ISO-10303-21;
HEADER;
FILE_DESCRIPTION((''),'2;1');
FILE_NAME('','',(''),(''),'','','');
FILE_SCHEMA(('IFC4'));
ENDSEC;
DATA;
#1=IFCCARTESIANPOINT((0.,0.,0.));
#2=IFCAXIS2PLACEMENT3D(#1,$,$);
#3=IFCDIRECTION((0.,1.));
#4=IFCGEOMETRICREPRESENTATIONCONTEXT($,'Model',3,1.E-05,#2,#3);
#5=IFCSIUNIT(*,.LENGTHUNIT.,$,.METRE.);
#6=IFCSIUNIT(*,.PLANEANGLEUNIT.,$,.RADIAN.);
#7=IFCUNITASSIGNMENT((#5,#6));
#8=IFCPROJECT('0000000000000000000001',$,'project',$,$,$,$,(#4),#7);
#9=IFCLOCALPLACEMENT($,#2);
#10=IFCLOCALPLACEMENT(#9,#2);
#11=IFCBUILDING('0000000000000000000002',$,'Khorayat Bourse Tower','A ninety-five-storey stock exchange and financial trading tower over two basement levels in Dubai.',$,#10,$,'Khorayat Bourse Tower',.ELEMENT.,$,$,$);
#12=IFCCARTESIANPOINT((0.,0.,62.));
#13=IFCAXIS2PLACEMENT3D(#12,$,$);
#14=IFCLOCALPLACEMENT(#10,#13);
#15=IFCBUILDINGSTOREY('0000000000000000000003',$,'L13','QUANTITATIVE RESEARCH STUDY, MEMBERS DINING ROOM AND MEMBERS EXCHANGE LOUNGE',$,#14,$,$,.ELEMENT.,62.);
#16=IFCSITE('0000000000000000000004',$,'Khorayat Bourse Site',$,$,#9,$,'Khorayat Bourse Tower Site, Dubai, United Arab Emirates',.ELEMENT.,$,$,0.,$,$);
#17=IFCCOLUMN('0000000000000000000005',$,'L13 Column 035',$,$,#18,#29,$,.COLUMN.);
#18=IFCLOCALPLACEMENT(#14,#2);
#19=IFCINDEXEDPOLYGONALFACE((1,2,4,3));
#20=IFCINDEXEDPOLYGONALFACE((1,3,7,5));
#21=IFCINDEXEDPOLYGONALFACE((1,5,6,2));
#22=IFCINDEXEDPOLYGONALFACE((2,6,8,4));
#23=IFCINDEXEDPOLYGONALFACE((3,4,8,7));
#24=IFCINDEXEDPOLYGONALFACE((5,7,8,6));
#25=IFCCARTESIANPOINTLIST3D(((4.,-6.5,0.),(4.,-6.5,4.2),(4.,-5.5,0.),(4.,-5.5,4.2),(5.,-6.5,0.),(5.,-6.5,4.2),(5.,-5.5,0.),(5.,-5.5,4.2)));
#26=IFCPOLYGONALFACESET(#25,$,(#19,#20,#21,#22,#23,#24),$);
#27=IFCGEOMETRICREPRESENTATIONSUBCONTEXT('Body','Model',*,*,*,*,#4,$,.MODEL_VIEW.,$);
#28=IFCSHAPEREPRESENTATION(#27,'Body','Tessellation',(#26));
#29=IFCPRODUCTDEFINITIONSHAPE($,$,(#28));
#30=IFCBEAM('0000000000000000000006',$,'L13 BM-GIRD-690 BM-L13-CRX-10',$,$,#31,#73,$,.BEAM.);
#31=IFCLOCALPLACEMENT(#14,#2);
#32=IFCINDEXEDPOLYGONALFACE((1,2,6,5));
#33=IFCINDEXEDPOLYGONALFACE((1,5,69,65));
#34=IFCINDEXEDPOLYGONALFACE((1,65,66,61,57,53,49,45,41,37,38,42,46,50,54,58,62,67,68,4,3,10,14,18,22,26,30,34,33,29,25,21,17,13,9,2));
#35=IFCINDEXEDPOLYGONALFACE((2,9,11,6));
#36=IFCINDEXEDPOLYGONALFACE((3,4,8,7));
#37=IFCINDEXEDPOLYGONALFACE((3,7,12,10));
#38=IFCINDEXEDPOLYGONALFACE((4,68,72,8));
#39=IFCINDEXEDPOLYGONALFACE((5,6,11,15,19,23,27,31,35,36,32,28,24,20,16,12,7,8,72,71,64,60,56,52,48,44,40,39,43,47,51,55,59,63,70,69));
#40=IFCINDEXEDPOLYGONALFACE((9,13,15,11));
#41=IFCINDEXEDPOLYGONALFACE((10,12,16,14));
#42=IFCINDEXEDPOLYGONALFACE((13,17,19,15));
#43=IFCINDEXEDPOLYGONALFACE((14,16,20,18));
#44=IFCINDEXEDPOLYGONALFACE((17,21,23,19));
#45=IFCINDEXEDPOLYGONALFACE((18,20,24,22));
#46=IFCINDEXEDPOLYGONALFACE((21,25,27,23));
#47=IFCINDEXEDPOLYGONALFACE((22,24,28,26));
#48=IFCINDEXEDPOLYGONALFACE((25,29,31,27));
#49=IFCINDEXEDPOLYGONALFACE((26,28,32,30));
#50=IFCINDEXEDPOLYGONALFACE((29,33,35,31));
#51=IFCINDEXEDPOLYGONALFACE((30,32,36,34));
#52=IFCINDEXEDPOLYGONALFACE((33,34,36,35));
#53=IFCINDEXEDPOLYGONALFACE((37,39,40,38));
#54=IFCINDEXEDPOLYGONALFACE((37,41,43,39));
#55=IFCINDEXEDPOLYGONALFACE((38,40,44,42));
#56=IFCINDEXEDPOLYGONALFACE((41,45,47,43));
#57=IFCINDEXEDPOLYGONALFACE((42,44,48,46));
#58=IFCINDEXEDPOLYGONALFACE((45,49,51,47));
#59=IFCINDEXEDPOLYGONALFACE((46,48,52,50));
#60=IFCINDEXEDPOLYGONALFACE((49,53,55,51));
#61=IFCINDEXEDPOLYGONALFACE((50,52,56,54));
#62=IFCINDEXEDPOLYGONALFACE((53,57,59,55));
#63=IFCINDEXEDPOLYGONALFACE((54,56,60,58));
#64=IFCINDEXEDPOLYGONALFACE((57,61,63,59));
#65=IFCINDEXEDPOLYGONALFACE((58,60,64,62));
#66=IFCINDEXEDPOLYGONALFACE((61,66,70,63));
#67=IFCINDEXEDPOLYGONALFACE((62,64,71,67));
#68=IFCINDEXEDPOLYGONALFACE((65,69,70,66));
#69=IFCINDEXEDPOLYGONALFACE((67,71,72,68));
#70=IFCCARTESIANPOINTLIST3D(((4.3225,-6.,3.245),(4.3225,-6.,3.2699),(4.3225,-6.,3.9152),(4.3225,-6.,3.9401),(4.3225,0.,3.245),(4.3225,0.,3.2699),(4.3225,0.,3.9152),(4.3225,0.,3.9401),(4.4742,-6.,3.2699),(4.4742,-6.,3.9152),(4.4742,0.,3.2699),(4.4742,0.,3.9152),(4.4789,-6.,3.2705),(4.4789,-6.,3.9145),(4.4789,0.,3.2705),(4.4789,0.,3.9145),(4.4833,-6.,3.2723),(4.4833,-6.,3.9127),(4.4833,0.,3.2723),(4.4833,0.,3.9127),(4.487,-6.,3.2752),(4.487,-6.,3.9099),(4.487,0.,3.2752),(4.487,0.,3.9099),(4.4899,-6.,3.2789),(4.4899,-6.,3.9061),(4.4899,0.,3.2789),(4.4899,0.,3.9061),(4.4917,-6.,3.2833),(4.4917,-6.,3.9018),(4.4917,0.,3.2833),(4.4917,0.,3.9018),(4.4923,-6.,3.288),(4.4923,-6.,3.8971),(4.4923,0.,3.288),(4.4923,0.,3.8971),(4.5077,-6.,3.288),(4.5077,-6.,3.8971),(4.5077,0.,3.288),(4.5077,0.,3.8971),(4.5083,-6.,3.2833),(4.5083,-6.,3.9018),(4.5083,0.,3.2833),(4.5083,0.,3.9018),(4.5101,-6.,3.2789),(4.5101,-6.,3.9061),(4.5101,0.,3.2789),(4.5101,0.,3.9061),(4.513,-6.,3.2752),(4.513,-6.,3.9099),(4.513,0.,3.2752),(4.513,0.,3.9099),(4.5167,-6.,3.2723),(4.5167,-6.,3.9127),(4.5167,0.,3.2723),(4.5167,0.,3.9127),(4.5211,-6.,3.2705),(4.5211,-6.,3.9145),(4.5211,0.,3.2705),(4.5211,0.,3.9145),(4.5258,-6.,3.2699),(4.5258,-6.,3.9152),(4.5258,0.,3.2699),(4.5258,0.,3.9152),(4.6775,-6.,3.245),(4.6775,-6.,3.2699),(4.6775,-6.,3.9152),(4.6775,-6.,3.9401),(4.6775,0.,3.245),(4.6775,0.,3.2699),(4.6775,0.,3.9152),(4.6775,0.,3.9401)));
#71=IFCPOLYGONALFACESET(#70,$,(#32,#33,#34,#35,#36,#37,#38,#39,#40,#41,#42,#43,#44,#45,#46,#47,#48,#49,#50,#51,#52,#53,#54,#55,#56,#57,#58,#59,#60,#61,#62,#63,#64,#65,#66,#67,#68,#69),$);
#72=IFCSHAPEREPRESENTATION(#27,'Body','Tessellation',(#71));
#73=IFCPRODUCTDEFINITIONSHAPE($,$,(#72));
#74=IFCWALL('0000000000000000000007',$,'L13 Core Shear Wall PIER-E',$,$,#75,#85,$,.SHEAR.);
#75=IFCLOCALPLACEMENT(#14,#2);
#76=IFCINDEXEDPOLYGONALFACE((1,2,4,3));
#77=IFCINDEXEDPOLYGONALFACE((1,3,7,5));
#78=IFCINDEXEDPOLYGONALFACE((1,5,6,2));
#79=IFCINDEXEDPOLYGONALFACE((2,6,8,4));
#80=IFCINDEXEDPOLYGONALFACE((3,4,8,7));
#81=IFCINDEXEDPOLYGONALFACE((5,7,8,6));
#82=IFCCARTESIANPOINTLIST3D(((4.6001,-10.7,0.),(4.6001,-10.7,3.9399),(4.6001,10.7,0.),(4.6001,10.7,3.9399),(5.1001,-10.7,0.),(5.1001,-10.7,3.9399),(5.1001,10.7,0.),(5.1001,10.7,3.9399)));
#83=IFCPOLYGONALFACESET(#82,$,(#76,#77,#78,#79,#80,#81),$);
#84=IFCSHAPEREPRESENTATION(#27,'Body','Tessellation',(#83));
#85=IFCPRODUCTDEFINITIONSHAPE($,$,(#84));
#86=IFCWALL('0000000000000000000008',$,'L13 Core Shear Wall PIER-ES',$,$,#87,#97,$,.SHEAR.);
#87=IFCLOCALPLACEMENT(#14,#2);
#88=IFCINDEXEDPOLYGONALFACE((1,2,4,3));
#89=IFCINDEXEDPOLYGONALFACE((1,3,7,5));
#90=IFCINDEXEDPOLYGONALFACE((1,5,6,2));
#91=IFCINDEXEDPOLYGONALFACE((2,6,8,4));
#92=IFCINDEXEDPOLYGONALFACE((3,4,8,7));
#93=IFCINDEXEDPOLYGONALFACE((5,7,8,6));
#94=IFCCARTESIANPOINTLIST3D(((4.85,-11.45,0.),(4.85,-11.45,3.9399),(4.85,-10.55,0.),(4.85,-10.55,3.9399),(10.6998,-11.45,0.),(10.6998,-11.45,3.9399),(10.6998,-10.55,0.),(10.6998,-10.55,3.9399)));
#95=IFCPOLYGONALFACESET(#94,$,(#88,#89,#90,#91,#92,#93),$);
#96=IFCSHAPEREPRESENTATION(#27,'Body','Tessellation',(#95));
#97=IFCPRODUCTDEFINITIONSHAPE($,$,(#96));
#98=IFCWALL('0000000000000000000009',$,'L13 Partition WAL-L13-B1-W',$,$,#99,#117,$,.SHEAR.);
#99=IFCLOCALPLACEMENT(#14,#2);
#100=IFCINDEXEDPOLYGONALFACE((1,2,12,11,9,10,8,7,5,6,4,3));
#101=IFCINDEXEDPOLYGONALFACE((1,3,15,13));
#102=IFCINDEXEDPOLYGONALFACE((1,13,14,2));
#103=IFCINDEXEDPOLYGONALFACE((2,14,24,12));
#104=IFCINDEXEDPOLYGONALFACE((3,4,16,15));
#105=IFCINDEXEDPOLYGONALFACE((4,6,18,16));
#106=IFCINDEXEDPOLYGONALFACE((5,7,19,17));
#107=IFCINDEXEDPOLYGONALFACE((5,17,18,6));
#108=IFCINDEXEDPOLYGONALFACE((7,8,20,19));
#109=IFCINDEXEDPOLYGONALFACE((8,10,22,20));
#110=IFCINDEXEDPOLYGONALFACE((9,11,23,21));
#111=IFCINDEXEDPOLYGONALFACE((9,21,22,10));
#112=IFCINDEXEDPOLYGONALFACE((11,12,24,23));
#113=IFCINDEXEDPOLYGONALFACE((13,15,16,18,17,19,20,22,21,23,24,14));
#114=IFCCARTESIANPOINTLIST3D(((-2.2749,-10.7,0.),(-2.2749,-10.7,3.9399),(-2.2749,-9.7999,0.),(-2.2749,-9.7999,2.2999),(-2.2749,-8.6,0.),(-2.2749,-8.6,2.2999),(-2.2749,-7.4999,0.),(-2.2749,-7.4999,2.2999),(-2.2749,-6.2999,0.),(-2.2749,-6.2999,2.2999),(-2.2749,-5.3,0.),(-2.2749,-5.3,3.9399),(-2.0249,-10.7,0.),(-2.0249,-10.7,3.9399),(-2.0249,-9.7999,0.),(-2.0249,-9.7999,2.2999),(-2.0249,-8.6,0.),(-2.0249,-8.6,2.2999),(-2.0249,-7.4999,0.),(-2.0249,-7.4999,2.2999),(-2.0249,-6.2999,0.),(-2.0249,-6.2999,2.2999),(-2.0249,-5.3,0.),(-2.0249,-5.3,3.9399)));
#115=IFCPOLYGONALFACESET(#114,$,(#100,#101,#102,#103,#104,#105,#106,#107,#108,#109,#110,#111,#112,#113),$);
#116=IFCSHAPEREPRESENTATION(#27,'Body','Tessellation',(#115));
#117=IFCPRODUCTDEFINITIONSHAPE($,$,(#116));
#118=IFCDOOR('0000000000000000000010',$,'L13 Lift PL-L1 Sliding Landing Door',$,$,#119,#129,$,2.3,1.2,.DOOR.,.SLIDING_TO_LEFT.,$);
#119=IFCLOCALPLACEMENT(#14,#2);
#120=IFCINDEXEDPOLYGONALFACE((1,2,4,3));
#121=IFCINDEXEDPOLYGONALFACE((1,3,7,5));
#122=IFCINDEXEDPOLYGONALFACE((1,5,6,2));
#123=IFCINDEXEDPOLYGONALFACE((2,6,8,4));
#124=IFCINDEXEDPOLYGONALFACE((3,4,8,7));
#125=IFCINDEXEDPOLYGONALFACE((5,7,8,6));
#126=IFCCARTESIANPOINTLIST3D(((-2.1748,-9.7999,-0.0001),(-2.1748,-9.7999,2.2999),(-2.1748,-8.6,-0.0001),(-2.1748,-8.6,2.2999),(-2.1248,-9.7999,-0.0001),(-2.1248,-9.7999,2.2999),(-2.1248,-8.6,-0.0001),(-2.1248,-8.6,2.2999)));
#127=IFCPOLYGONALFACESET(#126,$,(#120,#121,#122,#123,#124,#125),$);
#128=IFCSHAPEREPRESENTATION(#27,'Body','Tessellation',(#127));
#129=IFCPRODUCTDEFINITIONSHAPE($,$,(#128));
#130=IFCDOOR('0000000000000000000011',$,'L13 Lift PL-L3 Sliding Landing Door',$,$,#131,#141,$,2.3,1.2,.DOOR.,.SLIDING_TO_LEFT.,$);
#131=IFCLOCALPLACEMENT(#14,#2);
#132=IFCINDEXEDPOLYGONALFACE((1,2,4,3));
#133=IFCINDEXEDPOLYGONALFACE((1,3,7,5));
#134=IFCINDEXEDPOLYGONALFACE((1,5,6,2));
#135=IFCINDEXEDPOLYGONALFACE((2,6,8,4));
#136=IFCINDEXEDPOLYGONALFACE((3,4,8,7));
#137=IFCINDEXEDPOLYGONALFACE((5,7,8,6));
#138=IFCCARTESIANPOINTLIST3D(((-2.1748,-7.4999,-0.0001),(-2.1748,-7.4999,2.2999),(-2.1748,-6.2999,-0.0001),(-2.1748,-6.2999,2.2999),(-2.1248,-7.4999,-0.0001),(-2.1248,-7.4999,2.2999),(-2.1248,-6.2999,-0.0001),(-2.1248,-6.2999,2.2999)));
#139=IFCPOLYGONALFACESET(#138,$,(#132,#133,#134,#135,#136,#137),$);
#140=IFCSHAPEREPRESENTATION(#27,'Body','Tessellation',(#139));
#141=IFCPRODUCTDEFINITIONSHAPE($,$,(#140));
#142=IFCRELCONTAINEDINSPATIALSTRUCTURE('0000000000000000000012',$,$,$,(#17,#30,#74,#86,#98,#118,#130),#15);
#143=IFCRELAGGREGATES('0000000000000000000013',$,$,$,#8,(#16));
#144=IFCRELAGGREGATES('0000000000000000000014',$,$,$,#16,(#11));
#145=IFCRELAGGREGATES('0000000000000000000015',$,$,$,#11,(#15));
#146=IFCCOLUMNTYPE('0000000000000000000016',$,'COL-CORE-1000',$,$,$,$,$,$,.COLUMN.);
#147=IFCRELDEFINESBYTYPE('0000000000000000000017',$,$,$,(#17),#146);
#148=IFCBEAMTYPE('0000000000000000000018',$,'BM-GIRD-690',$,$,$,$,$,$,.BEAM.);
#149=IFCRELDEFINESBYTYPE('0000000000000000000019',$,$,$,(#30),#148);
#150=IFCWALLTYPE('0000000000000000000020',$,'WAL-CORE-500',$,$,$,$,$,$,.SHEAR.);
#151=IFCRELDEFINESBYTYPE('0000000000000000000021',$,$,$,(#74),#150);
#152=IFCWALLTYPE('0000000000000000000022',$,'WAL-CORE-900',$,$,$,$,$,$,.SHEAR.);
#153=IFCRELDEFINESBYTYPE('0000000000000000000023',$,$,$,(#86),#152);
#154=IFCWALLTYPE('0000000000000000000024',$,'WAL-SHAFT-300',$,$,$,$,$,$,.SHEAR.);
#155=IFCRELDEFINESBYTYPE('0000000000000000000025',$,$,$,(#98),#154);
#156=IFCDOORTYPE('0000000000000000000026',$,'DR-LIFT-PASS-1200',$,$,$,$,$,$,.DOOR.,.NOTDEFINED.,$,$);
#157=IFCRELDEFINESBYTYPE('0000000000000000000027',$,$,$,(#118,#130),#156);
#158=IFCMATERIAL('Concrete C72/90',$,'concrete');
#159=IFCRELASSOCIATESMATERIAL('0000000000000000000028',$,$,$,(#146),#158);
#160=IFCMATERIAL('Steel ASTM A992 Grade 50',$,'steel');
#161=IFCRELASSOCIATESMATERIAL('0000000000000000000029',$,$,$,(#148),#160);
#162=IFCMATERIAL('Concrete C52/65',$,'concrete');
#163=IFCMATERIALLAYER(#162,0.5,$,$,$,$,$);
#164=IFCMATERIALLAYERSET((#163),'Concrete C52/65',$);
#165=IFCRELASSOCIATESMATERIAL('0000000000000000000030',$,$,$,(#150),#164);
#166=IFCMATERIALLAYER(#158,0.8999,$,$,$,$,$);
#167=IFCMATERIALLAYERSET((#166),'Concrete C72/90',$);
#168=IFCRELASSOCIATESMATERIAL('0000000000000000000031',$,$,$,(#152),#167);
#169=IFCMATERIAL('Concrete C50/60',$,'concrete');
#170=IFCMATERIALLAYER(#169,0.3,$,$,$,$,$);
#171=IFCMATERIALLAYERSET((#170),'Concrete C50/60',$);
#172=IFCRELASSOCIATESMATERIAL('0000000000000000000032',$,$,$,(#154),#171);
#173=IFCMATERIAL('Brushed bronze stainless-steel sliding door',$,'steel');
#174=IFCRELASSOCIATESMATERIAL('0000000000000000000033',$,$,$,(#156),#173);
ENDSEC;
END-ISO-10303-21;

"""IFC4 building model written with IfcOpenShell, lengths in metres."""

from ifc_helpers import new_model, si_unit, direction, frame, frame_2d, origin, origin_2d, place, context, subcontext, project, spatial, rectangle, i_section, extrude, source, transform, mapped, material, layer, layer_set, material_profile, profile_set, type_object, element, fill, save


model = new_model("IFC4")

# Units and contexts
model_context = context("Model", 3, precision=1e-05, world=origin(), true_north=direction((0.0, 1.0)))
body_context = subcontext(model_context, "Body", "Model", "MODEL_VIEW")
ifc_project = project(units=[si_unit("LENGTHUNIT", "METRE"), si_unit("PLANEANGLEUNIT", "RADIAN")], contexts=[model_context])

# Site, building, storey
site_placement = place(None, origin())
site = spatial("IfcSite", under=ifc_project, at=site_placement, Name="Khorayat Bourse Site", LongName="Khorayat Bourse Tower Site, Dubai, United Arab Emirates", CompositionType="ELEMENT", RefElevation=0.0)
building_placement = place(site_placement, origin())
building = spatial("IfcBuilding", under=site, at=building_placement, Name="Khorayat Bourse Tower", Description="A ninety-five-storey stock exchange and financial trading tower over two basement levels in Dubai.", LongName="Khorayat Bourse Tower", CompositionType="ELEMENT")
storey_placement = place(building_placement, frame((0.0, 0.0, 62.0)))
storey = spatial("IfcBuildingStorey", under=building, at=storey_placement, Name="L13", Description="QUANTITATIVE RESEARCH STUDY, MEMBERS DINING ROOM AND MEMBERS EXCHANGE LOUNGE", CompositionType="ELEMENT", Elevation=62.0)

# Column
ifc_material_1 = material(Name="Concrete C72/90", Category="concrete")
ifc_material_profile_1 = material_profile(ifc_material_1, rectangle(XDim=1.0, YDim=1.0, at=origin_2d()), Name="RC 1000x1000")
ifc_profile_set_1 = profile_set([ifc_material_profile_1], Name="Concrete C72/90")
column_type = type_object("IfcColumnType", Name="COL-CORE-1000", PredefinedType="COLUMN", material=ifc_profile_set_1)
shared_shape_1 = source(origin(), body_context, "Body", "SweptSolid", [
    extrude(rectangle(XDim=1.0, YDim=1.0, at=origin_2d()), origin(), (0.0, 0.0, 1.0), 4.2),
])
column_placement = place(storey_placement, frame((4.5, -6.0, 0.0), z_axis=(0.0, 0.0, 1.0), x_axis=(1.0, 0.0, 0.0)))
element("IfcColumn", 1, at=column_placement, inside=storey, type_object=column_type, Name="L13 Column 035", PredefinedType="COLUMN", context=body_context, shape_type="MappedRepresentation", body=[
    mapped(shared_shape_1, transform((0.0, 0.0, 0.0), scale=1.0)),
])

# Beam
ifc_material_2 = material(Name="Steel ASTM A992 Grade 50", Category="steel")
ifc_material_profile_2 = material_profile(ifc_material_2, i_section(OverallWidth=0.355, OverallDepth=0.6951, WebThickness=0.0154, FlangeThickness=0.0249, FilletRadius=0.0181, at=origin_2d()), Name="W690X217")
ifc_profile_set_2 = profile_set([ifc_material_profile_2], Name="Steel ASTM A992 Grade 50")
beam_type = type_object("IfcBeamType", Name="BM-GIRD-690", PredefinedType="BEAM", material=ifc_profile_set_2)
shared_shape_2 = source(origin(), body_context, "Body", "SweptSolid", [
    extrude(i_section(OverallWidth=0.355, OverallDepth=0.6951, WebThickness=0.0154, FlangeThickness=0.0249, FilletRadius=0.0181, at=origin_2d()), origin(), (0.0, 0.0, 1.0), 6.0),
])
beam_placement = place(storey_placement, frame((4.5, -6.0, 3.5925), z_axis=(0.0, 1.0, 0.0), x_axis=(-1.0, 0.0, 0.0)))
element("IfcBeam", 2, at=beam_placement, inside=storey, type_object=beam_type, Name="L13 BM-GIRD-690 BM-L13-CRX-10", PredefinedType="BEAM", context=body_context, shape_type="MappedRepresentation", body=[
    mapped(shared_shape_2, transform((0.0, 0.0, 0.0), scale=1.0)),
])

# Walls
ifc_material_3 = material(Name="Concrete C52/65", Category="concrete")
ifc_layer_1 = layer(ifc_material_3, 0.5)
ifc_layer_set_1 = layer_set([ifc_layer_1], Name="Concrete C52/65")
wall_type_1 = type_object("IfcWallType", Name="WAL-CORE-500", PredefinedType="SHEAR", material=ifc_layer_set_1)
shared_shape_3 = source(origin(), body_context, "Body", "SweptSolid", [
    extrude(rectangle(XDim=21.3999, YDim=0.5, at=frame_2d((10.7, 0.0))), origin(), (0.0, 0.0, 1.0), 3.9399),
])
wall_1_placement = place(storey_placement, frame((4.8501, -10.7, 0.0), z_axis=(0.0, 0.0, 1.0), x_axis=(0.0, 1.0, 0.0)))
element("IfcWall", 3, at=wall_1_placement, inside=storey, type_object=wall_type_1, Name="L13 Core Shear Wall PIER-E", PredefinedType="SHEAR", context=body_context, shape_type="MappedRepresentation", body=[
    mapped(shared_shape_3, transform((0.0, 0.0, 0.0), scale=1.0)),
])
ifc_layer_2 = layer(ifc_material_1, 0.8999)
ifc_layer_set_2 = layer_set([ifc_layer_2], Name="Concrete C72/90")
wall_type_2 = type_object("IfcWallType", Name="WAL-CORE-900", PredefinedType="SHEAR", material=ifc_layer_set_2)
shared_shape_4 = source(origin(), body_context, "Body", "SweptSolid", [
    extrude(rectangle(XDim=5.8499, YDim=0.8999, at=frame_2d((2.9248, 0.0))), origin(), (0.0, 0.0, 1.0), 3.9399),
])
wall_2_placement = place(storey_placement, frame((4.8501, -11.0, 0.0), z_axis=(0.0, 0.0, 1.0), x_axis=(1.0, 0.0, 0.0)))
element("IfcWall", 4, at=wall_2_placement, inside=storey, type_object=wall_type_2, Name="L13 Core Shear Wall PIER-ES", PredefinedType="SHEAR", context=body_context, shape_type="MappedRepresentation", body=[
    mapped(shared_shape_4, transform((0.0, 0.0, 0.0), scale=1.0)),
])

# Wall, openings, doors
ifc_material_4 = material(Name="Concrete C50/60", Category="concrete")
ifc_layer_3 = layer(ifc_material_4, 0.3)
ifc_layer_set_3 = layer_set([ifc_layer_3], Name="Concrete C50/60")
wall_type_3 = type_object("IfcWallType", Name="WAL-SHAFT-300", PredefinedType="SHEAR", material=ifc_layer_set_3)
shared_shape_5 = source(origin(), body_context, "Body", "SweptSolid", [
    extrude(rectangle(XDim=5.3999, YDim=0.25, at=frame_2d((2.7, 0.0))), origin(), (0.0, 0.0, 1.0), 3.9399),
])
wall_3_placement = place(storey_placement, frame((-2.1499, -10.7, 0.0), z_axis=(0.0, 0.0, 1.0), x_axis=(0.0, 1.0, 0.0)))
wall_3 = element("IfcWall", 5, at=wall_3_placement, inside=storey, type_object=wall_type_3, Name="L13 Partition WAL-L13-B1-W", PredefinedType="SHEAR", context=body_context, shape_type="MappedRepresentation", body=[
    mapped(shared_shape_5, transform((0.0, 0.0, 0.0), scale=1.0)),
])
shared_shape_6 = source(origin(), body_context, "Body", "SweptSolid", [
    extrude(rectangle(XDim=1.2, YDim=2.3, at=frame_2d((0.6001, 1.1499))), frame((0.0, 0.135, 0.0), z_axis=(0.0, -1.0, 0.0), x_axis=(1.0, 0.0, 0.0)), (0.0, 0.0, 1.0), 0.27),
])
opening_1_placement = place(wall_3_placement, frame((0.8999, 0.0, 0.0)))
opening_1 = element("IfcOpeningElement", 6, at=opening_1_placement, cuts=wall_3, PredefinedType="OPENING", context=body_context, shape_type="MappedRepresentation", body=[
    mapped(shared_shape_6, transform((0.0, 0.0, 0.0), scale=1.0)),
])
opening_2_placement = place(wall_3_placement, frame((3.2, 0.0, 0.0)))
opening_2 = element("IfcOpeningElement", 7, at=opening_2_placement, cuts=wall_3, PredefinedType="OPENING", context=body_context, shape_type="MappedRepresentation", body=[
    mapped(shared_shape_6, transform((0.0, 0.0, 0.0), scale=1.0)),
])
ifc_material_5 = material(Name="Brushed bronze stainless-steel sliding door", Category="steel")
door_type_1 = type_object("IfcDoorType", Name="DR-LIFT-PASS-1200", OperationType="NOTDEFINED", PredefinedType="DOOR", material=ifc_material_5)
shared_shape_7 = source(origin(), body_context, "Body", "SweptSolid", [
    extrude(rectangle(XDim=1.2, YDim=2.3, at=frame_2d((0.6001, 1.1499))), frame((0.0, 0.0249, 0.0), z_axis=(0.0, -1.0, 0.0), x_axis=(1.0, 0.0, 0.0)), (0.0, 0.0, 1.0), 0.05),
])
door_1_placement = place(opening_1_placement, origin())
door_1 = element("IfcDoor", 8, at=door_1_placement, inside=storey, type_object=door_type_1, Name="L13 Lift PL-L1 Sliding Landing Door", OperationType="SLIDING_TO_LEFT", OverallHeight=2.3, OverallWidth=1.2, PredefinedType="DOOR", context=body_context, shape_type="MappedRepresentation", body=[
    mapped(shared_shape_7, transform((0.0, 0.0, 0.0), scale=1.0)),
])
fill(opening_1, door_1)
door_2_placement = place(opening_2_placement, origin())
door_2 = element("IfcDoor", 9, at=door_2_placement, inside=storey, type_object=door_type_1, Name="L13 Lift PL-L3 Sliding Landing Door", OperationType="SLIDING_TO_LEFT", OverallHeight=2.3, OverallWidth=1.2, PredefinedType="DOOR", context=body_context, shape_type="MappedRepresentation", body=[
    mapped(shared_shape_7, transform((0.0, 0.0, 0.0), scale=1.0)),
])
fill(opening_2, door_2)

save(model, "model.ifc")
